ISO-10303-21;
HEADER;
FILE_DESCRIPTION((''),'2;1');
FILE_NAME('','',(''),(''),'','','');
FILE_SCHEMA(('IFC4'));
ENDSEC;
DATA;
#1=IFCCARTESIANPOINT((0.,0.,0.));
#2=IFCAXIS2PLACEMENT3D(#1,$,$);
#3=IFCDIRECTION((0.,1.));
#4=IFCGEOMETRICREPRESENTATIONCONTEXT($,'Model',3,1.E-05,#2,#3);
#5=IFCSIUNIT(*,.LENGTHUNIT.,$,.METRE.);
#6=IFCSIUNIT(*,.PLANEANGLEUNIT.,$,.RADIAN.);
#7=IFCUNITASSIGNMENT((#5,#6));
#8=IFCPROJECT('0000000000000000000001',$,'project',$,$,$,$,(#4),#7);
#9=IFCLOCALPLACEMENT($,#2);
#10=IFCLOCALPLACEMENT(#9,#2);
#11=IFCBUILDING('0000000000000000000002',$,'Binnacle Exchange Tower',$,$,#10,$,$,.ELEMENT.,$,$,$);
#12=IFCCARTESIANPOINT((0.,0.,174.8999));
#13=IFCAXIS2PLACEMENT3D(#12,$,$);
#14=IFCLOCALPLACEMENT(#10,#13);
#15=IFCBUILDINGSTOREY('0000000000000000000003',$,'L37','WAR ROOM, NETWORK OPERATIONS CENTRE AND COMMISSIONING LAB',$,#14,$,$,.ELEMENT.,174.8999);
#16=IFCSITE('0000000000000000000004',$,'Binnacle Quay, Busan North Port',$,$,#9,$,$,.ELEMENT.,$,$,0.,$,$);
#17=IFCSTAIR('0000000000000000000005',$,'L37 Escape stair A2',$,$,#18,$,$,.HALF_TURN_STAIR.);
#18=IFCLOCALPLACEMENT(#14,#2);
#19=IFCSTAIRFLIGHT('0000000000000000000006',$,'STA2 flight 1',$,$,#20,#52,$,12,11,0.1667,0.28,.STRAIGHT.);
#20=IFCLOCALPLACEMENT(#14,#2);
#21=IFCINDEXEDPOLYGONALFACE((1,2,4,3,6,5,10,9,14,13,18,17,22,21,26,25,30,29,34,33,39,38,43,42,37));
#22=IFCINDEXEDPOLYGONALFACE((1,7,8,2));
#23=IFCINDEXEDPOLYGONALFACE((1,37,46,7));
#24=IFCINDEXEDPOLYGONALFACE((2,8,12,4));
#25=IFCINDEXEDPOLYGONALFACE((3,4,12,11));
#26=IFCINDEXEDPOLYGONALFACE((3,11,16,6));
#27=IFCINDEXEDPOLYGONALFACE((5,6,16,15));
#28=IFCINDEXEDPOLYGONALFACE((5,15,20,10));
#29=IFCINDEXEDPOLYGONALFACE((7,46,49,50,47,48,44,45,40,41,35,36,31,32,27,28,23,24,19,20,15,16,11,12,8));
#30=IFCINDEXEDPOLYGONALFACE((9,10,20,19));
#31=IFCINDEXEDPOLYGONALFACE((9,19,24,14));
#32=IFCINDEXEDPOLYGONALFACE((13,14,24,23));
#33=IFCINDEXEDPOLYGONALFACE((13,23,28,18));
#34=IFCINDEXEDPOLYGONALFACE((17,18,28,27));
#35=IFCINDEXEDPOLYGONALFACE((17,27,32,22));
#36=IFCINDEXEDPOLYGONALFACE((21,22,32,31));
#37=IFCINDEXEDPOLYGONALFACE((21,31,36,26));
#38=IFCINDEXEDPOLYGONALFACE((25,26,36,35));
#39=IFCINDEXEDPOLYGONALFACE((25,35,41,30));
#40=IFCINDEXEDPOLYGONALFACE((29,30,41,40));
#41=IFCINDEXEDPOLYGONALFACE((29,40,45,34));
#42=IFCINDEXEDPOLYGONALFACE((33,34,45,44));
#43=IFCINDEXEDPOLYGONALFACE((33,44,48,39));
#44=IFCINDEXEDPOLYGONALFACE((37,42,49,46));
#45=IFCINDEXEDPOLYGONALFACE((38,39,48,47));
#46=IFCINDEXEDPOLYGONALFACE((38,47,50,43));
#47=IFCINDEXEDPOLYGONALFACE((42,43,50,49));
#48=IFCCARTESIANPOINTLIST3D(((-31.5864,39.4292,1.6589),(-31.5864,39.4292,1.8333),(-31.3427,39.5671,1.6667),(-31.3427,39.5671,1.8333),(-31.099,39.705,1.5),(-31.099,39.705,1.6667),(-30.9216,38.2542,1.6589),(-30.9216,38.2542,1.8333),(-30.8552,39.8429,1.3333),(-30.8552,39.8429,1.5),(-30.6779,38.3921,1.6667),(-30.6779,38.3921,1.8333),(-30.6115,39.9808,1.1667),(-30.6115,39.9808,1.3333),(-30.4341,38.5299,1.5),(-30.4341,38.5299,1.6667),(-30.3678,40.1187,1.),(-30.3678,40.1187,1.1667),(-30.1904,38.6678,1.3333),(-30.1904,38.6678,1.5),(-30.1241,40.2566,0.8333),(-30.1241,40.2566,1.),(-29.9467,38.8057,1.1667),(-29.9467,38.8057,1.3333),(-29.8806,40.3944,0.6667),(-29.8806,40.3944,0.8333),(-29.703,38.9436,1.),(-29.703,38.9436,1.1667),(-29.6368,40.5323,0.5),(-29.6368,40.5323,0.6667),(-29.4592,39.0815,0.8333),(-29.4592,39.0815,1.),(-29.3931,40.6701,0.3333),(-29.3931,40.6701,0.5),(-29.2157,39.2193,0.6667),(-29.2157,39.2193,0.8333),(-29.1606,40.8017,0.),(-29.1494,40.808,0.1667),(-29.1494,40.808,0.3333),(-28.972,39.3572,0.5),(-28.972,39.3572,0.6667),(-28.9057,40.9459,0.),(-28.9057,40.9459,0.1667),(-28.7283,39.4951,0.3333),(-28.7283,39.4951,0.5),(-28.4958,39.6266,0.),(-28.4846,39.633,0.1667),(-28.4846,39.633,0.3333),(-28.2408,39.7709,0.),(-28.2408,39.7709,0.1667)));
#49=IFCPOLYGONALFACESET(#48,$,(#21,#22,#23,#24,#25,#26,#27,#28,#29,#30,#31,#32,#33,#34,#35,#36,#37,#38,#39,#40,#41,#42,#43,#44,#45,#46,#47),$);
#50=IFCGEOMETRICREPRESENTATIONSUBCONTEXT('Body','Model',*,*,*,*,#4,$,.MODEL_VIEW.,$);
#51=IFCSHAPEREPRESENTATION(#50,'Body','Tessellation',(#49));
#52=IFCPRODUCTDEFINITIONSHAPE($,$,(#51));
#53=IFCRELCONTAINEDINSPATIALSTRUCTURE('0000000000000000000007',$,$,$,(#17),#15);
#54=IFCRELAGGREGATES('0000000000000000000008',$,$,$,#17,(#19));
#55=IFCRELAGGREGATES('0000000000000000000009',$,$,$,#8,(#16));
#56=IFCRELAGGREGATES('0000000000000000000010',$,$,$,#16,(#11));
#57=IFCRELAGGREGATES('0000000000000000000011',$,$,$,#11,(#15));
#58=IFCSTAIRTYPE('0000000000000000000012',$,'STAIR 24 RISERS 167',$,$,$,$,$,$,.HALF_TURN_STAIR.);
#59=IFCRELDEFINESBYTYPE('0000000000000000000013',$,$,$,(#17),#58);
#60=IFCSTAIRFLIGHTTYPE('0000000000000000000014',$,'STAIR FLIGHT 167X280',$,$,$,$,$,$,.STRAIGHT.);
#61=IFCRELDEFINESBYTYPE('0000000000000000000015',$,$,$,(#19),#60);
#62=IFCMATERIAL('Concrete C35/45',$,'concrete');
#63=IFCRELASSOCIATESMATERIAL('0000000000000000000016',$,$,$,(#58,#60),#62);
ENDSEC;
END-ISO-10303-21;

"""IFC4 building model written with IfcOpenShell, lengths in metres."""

from ifc_helpers import new_model, si_unit, direction, frame, origin, place, context, subcontext, project, spatial, polyline, outline, extrude, material, type_object, element, aggregate, save


model = new_model("IFC4")

# Units and contexts
model_context = context("Model", 3, precision=1e-05, world=origin(), true_north=direction((0.0, 1.0)))
body_context = subcontext(model_context, "Body", "Model", "MODEL_VIEW")
ifc_project = project(units=[si_unit("LENGTHUNIT", "METRE"), si_unit("PLANEANGLEUNIT", "RADIAN")], contexts=[model_context])

# Site, building, storey
site_placement = place(None, origin())
site = spatial("IfcSite", under=ifc_project, at=site_placement, Name="Binnacle Quay, Busan North Port", CompositionType="ELEMENT", RefElevation=0.0)
building_placement = place(site_placement, origin())
building = spatial("IfcBuilding", under=site, at=building_placement, Name="Binnacle Exchange Tower", CompositionType="ELEMENT")
storey_placement = place(building_placement, frame((0.0, 0.0, 174.8999)))
storey = spatial("IfcBuildingStorey", under=building, at=storey_placement, Name="L37", Description="WAR ROOM, NETWORK OPERATIONS CENTRE AND COMMISSIONING LAB", CompositionType="ELEMENT", Elevation=174.8999)

# Stair, stair flight
ifc_material_1 = material(Name="Concrete C35/45", Category="concrete")
stair_type = type_object("IfcStairType", Name="STAIR 24 RISERS 167", PredefinedType="HALF_TURN_STAIR", material=ifc_material_1)
stair_placement = place(storey_placement, origin())
stair = element("IfcStair", 1, at=stair_placement, inside=storey, type_object=stair_type, Name="L37 Escape stair A2", PredefinedType="HALF_TURN_STAIR")
stair_flight_type = type_object("IfcStairFlightType", Name="STAIR FLIGHT 167X280", PredefinedType="STRAIGHT", material=ifc_material_1)
stair_flight_placement = place(storey_placement, frame((-28.5732, 40.3584, 0.0), z_axis=(0.0, 0.0, 1.0), x_axis=(-0.870356, -0.492424, 0.0)))
stair_flight = element("IfcStairFlight", 2, at=stair_flight_placement, type_object=stair_flight_type, Name="STA2 flight 1", NumberOfRisers=12, NumberOfTreads=11, PredefinedType="STRAIGHT", RiserHeight=0.1667, TreadLength=0.28, context=body_context, shape_type="SweptSolid", body=[
    extrude(outline(polyline([(0.0, 0.0), (0.0, 0.1667), (0.28, 0.1667), (0.28, 0.3333), (0.5601, 0.3333), (0.5601, 0.5), (0.8401, 0.5), (0.8401, 0.6667), (1.1201, 0.6667), (1.1201, 0.8333), (1.3999, 0.8333), (1.3999, 1.0), (1.6799, 1.0), (1.6799, 1.1667), (1.96, 1.1667), (1.96, 1.3333), (2.24, 1.3333), (2.24, 1.5), (2.52, 1.5), (2.52, 1.6667), (2.8, 1.6667), (2.8, 1.8333), (3.0801, 1.8333), (3.0801, 2.0), (3.0801, 1.6589), (0.293, 0.0), (0.0, 0.0)])), frame((0.0, 0.675, 0.0), z_axis=(0.0, -1.0, 0.0), x_axis=(1.0, 0.0, 0.0)), (0.0, 0.0, 1.0), 1.3501),
])
aggregate(stair, [stair_flight])

save(model, "model.ifc")
